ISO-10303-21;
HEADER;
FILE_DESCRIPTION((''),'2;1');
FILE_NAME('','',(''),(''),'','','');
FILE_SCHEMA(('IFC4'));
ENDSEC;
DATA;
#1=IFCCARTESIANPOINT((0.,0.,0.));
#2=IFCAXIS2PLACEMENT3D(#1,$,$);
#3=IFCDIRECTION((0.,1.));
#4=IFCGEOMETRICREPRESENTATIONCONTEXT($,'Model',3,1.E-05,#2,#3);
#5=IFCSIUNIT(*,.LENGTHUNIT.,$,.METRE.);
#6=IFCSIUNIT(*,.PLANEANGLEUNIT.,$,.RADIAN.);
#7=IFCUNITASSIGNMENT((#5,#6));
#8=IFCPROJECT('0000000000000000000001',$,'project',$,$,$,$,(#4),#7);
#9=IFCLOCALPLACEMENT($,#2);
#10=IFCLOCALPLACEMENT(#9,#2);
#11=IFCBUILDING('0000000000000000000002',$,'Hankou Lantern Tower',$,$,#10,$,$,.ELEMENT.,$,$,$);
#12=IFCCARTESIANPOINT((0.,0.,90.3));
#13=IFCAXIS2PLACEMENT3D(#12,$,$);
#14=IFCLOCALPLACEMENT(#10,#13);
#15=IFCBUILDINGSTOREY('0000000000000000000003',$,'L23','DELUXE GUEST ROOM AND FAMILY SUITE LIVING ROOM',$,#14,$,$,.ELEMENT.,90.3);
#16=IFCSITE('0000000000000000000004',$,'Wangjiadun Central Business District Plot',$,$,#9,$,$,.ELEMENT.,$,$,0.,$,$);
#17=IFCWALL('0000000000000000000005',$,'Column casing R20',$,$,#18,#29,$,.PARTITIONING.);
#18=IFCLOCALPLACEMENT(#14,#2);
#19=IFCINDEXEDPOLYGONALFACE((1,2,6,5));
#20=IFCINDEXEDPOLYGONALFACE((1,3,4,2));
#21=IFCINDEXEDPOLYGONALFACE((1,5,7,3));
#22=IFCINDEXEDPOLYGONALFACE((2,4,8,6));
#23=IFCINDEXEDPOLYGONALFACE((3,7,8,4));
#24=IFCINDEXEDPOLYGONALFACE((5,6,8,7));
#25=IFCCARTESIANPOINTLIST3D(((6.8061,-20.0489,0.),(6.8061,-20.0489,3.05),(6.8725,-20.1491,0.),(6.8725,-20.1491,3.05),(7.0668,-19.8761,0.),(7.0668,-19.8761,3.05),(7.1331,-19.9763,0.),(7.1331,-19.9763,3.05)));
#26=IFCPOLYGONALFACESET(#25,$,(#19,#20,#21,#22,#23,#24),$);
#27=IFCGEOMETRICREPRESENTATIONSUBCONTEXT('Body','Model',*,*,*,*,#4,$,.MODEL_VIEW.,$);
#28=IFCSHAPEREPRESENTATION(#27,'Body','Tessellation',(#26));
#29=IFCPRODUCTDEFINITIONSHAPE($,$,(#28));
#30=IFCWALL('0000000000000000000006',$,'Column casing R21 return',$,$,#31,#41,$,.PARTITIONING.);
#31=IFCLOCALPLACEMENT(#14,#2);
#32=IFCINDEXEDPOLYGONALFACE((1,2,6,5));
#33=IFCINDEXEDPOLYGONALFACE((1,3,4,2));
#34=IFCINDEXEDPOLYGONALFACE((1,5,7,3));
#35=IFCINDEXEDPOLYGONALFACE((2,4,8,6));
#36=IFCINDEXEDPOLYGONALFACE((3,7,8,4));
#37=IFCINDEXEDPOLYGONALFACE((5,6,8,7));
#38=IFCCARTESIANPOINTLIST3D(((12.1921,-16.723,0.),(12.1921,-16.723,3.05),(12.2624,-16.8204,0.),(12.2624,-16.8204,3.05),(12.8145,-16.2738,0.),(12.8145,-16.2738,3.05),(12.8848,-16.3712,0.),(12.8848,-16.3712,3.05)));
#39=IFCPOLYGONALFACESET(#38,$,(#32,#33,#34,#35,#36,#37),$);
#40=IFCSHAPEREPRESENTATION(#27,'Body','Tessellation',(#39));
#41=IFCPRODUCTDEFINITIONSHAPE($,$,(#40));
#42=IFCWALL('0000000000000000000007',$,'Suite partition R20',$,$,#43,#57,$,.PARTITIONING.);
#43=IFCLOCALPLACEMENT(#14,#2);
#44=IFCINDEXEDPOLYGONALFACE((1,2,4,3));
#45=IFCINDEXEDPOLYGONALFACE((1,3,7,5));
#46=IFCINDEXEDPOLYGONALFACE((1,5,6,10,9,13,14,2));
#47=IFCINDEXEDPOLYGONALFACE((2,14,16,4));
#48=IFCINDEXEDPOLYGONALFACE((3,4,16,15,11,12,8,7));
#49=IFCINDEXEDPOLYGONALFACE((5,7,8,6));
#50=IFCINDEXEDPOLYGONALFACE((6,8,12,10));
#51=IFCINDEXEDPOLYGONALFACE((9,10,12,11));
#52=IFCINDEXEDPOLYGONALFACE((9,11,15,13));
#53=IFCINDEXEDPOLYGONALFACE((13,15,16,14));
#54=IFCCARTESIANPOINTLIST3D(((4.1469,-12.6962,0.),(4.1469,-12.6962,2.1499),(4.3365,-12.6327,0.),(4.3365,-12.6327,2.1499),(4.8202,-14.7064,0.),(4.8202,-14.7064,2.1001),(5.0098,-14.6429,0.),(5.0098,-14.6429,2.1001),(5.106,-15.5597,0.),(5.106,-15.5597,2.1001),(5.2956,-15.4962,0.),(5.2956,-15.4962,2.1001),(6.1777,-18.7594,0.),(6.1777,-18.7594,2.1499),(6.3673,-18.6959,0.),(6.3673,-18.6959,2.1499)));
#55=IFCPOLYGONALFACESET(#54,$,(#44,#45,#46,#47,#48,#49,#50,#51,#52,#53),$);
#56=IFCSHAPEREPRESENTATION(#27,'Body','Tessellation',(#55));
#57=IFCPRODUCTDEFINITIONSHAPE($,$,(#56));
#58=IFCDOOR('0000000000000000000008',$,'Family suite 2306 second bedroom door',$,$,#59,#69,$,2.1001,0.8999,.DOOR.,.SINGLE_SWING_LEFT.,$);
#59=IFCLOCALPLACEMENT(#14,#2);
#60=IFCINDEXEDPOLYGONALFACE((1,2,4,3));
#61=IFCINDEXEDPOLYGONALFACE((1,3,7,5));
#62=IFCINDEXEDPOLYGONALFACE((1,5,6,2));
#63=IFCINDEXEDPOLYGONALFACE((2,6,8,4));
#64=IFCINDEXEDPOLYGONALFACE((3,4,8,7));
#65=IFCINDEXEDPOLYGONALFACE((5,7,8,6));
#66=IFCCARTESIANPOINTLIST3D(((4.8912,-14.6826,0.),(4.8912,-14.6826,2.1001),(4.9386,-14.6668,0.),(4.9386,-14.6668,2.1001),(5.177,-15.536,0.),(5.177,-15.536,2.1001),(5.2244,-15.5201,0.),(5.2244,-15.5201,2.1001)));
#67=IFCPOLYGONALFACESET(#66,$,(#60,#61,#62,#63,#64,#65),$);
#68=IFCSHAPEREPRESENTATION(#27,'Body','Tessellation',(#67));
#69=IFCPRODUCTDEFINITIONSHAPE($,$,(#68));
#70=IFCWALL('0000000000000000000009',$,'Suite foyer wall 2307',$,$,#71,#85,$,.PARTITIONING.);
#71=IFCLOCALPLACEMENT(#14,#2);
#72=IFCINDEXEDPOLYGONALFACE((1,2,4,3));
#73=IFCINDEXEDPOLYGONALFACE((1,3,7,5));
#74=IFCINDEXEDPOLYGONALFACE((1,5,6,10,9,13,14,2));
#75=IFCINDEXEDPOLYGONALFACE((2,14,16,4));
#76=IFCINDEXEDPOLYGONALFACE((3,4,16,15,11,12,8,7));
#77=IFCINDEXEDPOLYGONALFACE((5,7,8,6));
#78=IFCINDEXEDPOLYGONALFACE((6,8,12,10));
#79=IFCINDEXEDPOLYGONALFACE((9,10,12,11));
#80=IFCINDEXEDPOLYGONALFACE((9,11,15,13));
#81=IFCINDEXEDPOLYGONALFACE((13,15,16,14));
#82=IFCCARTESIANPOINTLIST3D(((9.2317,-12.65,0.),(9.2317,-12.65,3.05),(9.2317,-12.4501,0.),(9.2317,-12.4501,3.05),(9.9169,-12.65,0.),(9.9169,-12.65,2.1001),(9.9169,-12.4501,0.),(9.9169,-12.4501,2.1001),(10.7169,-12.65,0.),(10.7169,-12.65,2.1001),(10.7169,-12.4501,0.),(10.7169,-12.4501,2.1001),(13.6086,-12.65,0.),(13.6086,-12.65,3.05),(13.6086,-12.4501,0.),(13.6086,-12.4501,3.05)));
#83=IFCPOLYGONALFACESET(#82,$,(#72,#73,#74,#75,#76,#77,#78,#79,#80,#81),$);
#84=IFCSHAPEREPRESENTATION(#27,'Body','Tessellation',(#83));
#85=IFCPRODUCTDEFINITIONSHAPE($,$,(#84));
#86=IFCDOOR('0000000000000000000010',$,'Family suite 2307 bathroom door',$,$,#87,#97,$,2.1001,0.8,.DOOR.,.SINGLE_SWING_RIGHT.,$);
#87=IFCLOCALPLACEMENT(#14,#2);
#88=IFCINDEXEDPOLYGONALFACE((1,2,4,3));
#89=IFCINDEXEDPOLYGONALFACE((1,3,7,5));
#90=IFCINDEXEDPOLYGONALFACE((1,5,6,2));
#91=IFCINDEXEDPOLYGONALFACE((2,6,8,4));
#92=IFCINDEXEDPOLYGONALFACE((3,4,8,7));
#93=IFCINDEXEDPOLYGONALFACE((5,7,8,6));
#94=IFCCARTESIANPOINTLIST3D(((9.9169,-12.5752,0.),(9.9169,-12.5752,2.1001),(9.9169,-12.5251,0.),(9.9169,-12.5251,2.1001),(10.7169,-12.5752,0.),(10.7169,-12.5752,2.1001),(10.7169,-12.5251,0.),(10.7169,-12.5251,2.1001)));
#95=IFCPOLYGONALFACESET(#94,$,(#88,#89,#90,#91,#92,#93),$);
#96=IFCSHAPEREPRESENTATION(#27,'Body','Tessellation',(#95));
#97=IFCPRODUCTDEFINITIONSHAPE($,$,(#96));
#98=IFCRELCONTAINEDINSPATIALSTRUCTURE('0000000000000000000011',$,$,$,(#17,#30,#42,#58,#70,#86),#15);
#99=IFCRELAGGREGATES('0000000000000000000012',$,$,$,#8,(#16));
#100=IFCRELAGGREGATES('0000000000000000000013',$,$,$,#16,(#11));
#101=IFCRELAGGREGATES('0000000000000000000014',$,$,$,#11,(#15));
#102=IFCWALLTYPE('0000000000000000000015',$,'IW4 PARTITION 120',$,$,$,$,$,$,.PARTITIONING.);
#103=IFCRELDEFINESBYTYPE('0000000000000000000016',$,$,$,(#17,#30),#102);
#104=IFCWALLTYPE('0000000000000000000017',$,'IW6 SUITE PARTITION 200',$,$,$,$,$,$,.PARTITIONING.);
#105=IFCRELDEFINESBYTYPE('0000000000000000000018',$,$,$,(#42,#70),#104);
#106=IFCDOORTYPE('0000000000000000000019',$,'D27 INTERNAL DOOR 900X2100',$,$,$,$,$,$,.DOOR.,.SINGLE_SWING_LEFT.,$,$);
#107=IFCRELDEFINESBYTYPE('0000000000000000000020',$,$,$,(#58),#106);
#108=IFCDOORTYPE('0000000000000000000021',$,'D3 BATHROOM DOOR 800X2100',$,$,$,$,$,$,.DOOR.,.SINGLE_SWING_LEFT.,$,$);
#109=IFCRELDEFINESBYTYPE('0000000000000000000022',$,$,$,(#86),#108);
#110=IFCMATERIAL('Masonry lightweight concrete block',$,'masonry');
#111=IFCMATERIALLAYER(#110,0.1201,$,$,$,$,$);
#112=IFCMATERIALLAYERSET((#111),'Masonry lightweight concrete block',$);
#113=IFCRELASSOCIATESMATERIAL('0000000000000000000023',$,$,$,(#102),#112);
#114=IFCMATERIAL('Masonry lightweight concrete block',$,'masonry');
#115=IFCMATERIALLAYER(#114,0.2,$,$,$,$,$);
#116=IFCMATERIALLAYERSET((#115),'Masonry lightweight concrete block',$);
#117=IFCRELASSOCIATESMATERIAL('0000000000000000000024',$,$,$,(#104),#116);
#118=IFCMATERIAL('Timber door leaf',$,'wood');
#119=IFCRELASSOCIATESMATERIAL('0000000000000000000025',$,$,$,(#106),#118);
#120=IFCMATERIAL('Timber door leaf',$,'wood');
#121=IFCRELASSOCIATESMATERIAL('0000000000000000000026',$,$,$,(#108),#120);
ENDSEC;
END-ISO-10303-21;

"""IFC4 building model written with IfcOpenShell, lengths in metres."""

from ifc_helpers import new_model, si_unit, direction, frame, frame_2d, origin, place, context, subcontext, project, spatial, rectangle, extrude, material, layer, layer_set, type_object, element, fill, save


model = new_model("IFC4")

# Units and contexts
model_context = context("Model", 3, precision=1e-05, world=origin(), true_north=direction((0.0, 1.0)))
body_context = subcontext(model_context, "Body", "Model", "MODEL_VIEW")
ifc_project = project(units=[si_unit("LENGTHUNIT", "METRE"), si_unit("PLANEANGLEUNIT", "RADIAN")], contexts=[model_context])

# Site, building, storey
site_placement = place(None, origin())
site = spatial("IfcSite", under=ifc_project, at=site_placement, Name="Wangjiadun Central Business District Plot", CompositionType="ELEMENT", RefElevation=0.0)
building_placement = place(site_placement, origin())
building = spatial("IfcBuilding", under=site, at=building_placement, Name="Hankou Lantern Tower", CompositionType="ELEMENT")
storey_placement = place(building_placement, frame((0.0, 0.0, 90.3)))
storey = spatial("IfcBuildingStorey", under=building, at=storey_placement, Name="L23", Description="DELUXE GUEST ROOM AND FAMILY SUITE LIVING ROOM", CompositionType="ELEMENT", Elevation=90.3)

# Walls
ifc_material_1 = material(Name="Masonry lightweight concrete block", Category="masonry")
ifc_layer_1 = layer(ifc_material_1, 0.1201)
ifc_layer_set_1 = layer_set([ifc_layer_1], Name="Masonry lightweight concrete block")
wall_type_1 = type_object("IfcWallType", Name="IW4 PARTITION 120", PredefinedType="PARTITIONING", material=ifc_layer_set_1)
wall_1_placement = place(storey_placement, frame((7.0999, -19.9263, 0.0), z_axis=(0.0, 0.0, 1.0), x_axis=(-0.833488, -0.552537, 0.0)))
element("IfcWall", 1, at=wall_1_placement, inside=storey, type_object=wall_type_1, Name="Column casing R20", PredefinedType="PARTITIONING", context=body_context, shape_type="SweptSolid", body=[
    extrude(rectangle(XDim=0.3127, YDim=0.1201, at=frame_2d((0.1562, 0.0))), origin(), (0.0, 0.0, 1.0), 3.05),
])
wall_2_placement = place(storey_placement, frame((12.2273, -16.7717, 0.0), z_axis=(0.0, 0.0, 1.0), x_axis=(0.810822, 0.585293, 0.0)))
element("IfcWall", 2, at=wall_2_placement, inside=storey, type_object=wall_type_1, Name="Column casing R21 return", PredefinedType="PARTITIONING", context=body_context, shape_type="SweptSolid", body=[
    extrude(rectangle(XDim=0.7676, YDim=0.1201, at=frame_2d((0.3838, 0.0))), origin(), (0.0, 0.0, 1.0), 3.05),
])

# Walls, openings, doors
ifc_material_2 = material(Name="Masonry lightweight concrete block", Category="masonry")
ifc_layer_2 = layer(ifc_material_2, 0.2)
ifc_layer_set_2 = layer_set([ifc_layer_2], Name="Masonry lightweight concrete block")
wall_type_2 = type_object("IfcWallType", Name="IW6 SUITE PARTITION 200", PredefinedType="PARTITIONING", material=ifc_layer_set_2)
wall_3_placement = place(storey_placement, frame((4.2417, -12.6643, 0.0), z_axis=(0.0, 0.0, 1.0), x_axis=(0.317591, -0.948228, 0.0)))
wall_3 = element("IfcWall", 3, at=wall_3_placement, inside=storey, type_object=wall_type_2, Name="Suite partition R20", PredefinedType="PARTITIONING", context=body_context, shape_type="SweptSolid", body=[
    extrude(rectangle(XDim=6.3943, YDim=0.2, at=frame_2d((3.1973, 0.0))), origin(), (0.0, 0.0, 1.0), 2.1499),
])
opening_1_placement = place(wall_3_placement, frame((2.1201, 0.0, 0.0)))
opening_1 = element("IfcOpeningElement", 4, at=opening_1_placement, cuts=wall_3, PredefinedType="OPENING", context=body_context, shape_type="SweptSolid", body=[
    extrude(rectangle(XDim=0.8999, YDim=2.1001, at=frame_2d((0.45, 1.05))), frame((0.0, 0.1099, 0.0), z_axis=(0.0, -1.0, 0.0), x_axis=(1.0, 0.0, 0.0)), (0.0, 0.0, 1.0), 0.22),
])
ifc_material_3 = material(Name="Timber door leaf", Category="wood")
door_type_1 = type_object("IfcDoorType", Name="D27 INTERNAL DOOR 900X2100", OperationType="SINGLE_SWING_LEFT", PredefinedType="DOOR", material=ifc_material_3)
door_1_placement = place(opening_1_placement, origin())
door_1 = element("IfcDoor", 5, at=door_1_placement, inside=storey, type_object=door_type_1, Name="Family suite 2306 second bedroom door", OperationType="SINGLE_SWING_LEFT", OverallHeight=2.1001, OverallWidth=0.8999, PredefinedType="DOOR", context=body_context, shape_type="SweptSolid", body=[
    extrude(rectangle(XDim=0.8999, YDim=2.1001, at=frame_2d((0.45, 1.05))), frame((0.0, 0.0249, 0.0), z_axis=(0.0, -1.0, 0.0), x_axis=(1.0, 0.0, 0.0)), (0.0, 0.0, 1.0), 0.05),
])
fill(opening_1, door_1)
wall_4_placement = place(storey_placement, frame((9.2317, -12.55, 0.0), z_axis=(0.0, 0.0, 1.0), x_axis=(1.0, 0.0, 0.0)))
wall_4 = element("IfcWall", 6, at=wall_4_placement, inside=storey, type_object=wall_type_2, Name="Suite foyer wall 2307", PredefinedType="PARTITIONING", context=body_context, shape_type="SweptSolid", body=[
    extrude(rectangle(XDim=4.377, YDim=0.2, at=frame_2d((2.1885, 0.0))), origin(), (0.0, 0.0, 1.0), 3.05),
])
opening_2_placement = place(wall_4_placement, frame((0.6853, 0.0, 0.0)))
opening_2 = element("IfcOpeningElement", 7, at=opening_2_placement, cuts=wall_4, PredefinedType="OPENING", context=body_context, shape_type="SweptSolid", body=[
    extrude(rectangle(XDim=0.8, YDim=2.1001, at=frame_2d((0.3999, 1.05))), frame((0.0, 0.1099, 0.0), z_axis=(0.0, -1.0, 0.0), x_axis=(1.0, 0.0, 0.0)), (0.0, 0.0, 1.0), 0.22),
])
ifc_material_4 = material(Name="Timber door leaf", Category="wood")
door_type_2 = type_object("IfcDoorType", Name="D3 BATHROOM DOOR 800X2100", OperationType="SINGLE_SWING_LEFT", PredefinedType="DOOR", material=ifc_material_4)
door_2_placement = place(opening_2_placement, origin())
door_2 = element("IfcDoor", 8, at=door_2_placement, inside=storey, type_object=door_type_2, Name="Family suite 2307 bathroom door", OperationType="SINGLE_SWING_RIGHT", OverallHeight=2.1001, OverallWidth=0.8, PredefinedType="DOOR", context=body_context, shape_type="SweptSolid", body=[
    extrude(rectangle(XDim=0.8, YDim=2.1001, at=frame_2d((0.3999, 1.05))), frame((0.0, 0.0249, 0.0), z_axis=(0.0, -1.0, 0.0), x_axis=(1.0, 0.0, 0.0)), (0.0, 0.0, 1.0), 0.05),
])
fill(opening_2, door_2)

save(model, "model.ifc")
